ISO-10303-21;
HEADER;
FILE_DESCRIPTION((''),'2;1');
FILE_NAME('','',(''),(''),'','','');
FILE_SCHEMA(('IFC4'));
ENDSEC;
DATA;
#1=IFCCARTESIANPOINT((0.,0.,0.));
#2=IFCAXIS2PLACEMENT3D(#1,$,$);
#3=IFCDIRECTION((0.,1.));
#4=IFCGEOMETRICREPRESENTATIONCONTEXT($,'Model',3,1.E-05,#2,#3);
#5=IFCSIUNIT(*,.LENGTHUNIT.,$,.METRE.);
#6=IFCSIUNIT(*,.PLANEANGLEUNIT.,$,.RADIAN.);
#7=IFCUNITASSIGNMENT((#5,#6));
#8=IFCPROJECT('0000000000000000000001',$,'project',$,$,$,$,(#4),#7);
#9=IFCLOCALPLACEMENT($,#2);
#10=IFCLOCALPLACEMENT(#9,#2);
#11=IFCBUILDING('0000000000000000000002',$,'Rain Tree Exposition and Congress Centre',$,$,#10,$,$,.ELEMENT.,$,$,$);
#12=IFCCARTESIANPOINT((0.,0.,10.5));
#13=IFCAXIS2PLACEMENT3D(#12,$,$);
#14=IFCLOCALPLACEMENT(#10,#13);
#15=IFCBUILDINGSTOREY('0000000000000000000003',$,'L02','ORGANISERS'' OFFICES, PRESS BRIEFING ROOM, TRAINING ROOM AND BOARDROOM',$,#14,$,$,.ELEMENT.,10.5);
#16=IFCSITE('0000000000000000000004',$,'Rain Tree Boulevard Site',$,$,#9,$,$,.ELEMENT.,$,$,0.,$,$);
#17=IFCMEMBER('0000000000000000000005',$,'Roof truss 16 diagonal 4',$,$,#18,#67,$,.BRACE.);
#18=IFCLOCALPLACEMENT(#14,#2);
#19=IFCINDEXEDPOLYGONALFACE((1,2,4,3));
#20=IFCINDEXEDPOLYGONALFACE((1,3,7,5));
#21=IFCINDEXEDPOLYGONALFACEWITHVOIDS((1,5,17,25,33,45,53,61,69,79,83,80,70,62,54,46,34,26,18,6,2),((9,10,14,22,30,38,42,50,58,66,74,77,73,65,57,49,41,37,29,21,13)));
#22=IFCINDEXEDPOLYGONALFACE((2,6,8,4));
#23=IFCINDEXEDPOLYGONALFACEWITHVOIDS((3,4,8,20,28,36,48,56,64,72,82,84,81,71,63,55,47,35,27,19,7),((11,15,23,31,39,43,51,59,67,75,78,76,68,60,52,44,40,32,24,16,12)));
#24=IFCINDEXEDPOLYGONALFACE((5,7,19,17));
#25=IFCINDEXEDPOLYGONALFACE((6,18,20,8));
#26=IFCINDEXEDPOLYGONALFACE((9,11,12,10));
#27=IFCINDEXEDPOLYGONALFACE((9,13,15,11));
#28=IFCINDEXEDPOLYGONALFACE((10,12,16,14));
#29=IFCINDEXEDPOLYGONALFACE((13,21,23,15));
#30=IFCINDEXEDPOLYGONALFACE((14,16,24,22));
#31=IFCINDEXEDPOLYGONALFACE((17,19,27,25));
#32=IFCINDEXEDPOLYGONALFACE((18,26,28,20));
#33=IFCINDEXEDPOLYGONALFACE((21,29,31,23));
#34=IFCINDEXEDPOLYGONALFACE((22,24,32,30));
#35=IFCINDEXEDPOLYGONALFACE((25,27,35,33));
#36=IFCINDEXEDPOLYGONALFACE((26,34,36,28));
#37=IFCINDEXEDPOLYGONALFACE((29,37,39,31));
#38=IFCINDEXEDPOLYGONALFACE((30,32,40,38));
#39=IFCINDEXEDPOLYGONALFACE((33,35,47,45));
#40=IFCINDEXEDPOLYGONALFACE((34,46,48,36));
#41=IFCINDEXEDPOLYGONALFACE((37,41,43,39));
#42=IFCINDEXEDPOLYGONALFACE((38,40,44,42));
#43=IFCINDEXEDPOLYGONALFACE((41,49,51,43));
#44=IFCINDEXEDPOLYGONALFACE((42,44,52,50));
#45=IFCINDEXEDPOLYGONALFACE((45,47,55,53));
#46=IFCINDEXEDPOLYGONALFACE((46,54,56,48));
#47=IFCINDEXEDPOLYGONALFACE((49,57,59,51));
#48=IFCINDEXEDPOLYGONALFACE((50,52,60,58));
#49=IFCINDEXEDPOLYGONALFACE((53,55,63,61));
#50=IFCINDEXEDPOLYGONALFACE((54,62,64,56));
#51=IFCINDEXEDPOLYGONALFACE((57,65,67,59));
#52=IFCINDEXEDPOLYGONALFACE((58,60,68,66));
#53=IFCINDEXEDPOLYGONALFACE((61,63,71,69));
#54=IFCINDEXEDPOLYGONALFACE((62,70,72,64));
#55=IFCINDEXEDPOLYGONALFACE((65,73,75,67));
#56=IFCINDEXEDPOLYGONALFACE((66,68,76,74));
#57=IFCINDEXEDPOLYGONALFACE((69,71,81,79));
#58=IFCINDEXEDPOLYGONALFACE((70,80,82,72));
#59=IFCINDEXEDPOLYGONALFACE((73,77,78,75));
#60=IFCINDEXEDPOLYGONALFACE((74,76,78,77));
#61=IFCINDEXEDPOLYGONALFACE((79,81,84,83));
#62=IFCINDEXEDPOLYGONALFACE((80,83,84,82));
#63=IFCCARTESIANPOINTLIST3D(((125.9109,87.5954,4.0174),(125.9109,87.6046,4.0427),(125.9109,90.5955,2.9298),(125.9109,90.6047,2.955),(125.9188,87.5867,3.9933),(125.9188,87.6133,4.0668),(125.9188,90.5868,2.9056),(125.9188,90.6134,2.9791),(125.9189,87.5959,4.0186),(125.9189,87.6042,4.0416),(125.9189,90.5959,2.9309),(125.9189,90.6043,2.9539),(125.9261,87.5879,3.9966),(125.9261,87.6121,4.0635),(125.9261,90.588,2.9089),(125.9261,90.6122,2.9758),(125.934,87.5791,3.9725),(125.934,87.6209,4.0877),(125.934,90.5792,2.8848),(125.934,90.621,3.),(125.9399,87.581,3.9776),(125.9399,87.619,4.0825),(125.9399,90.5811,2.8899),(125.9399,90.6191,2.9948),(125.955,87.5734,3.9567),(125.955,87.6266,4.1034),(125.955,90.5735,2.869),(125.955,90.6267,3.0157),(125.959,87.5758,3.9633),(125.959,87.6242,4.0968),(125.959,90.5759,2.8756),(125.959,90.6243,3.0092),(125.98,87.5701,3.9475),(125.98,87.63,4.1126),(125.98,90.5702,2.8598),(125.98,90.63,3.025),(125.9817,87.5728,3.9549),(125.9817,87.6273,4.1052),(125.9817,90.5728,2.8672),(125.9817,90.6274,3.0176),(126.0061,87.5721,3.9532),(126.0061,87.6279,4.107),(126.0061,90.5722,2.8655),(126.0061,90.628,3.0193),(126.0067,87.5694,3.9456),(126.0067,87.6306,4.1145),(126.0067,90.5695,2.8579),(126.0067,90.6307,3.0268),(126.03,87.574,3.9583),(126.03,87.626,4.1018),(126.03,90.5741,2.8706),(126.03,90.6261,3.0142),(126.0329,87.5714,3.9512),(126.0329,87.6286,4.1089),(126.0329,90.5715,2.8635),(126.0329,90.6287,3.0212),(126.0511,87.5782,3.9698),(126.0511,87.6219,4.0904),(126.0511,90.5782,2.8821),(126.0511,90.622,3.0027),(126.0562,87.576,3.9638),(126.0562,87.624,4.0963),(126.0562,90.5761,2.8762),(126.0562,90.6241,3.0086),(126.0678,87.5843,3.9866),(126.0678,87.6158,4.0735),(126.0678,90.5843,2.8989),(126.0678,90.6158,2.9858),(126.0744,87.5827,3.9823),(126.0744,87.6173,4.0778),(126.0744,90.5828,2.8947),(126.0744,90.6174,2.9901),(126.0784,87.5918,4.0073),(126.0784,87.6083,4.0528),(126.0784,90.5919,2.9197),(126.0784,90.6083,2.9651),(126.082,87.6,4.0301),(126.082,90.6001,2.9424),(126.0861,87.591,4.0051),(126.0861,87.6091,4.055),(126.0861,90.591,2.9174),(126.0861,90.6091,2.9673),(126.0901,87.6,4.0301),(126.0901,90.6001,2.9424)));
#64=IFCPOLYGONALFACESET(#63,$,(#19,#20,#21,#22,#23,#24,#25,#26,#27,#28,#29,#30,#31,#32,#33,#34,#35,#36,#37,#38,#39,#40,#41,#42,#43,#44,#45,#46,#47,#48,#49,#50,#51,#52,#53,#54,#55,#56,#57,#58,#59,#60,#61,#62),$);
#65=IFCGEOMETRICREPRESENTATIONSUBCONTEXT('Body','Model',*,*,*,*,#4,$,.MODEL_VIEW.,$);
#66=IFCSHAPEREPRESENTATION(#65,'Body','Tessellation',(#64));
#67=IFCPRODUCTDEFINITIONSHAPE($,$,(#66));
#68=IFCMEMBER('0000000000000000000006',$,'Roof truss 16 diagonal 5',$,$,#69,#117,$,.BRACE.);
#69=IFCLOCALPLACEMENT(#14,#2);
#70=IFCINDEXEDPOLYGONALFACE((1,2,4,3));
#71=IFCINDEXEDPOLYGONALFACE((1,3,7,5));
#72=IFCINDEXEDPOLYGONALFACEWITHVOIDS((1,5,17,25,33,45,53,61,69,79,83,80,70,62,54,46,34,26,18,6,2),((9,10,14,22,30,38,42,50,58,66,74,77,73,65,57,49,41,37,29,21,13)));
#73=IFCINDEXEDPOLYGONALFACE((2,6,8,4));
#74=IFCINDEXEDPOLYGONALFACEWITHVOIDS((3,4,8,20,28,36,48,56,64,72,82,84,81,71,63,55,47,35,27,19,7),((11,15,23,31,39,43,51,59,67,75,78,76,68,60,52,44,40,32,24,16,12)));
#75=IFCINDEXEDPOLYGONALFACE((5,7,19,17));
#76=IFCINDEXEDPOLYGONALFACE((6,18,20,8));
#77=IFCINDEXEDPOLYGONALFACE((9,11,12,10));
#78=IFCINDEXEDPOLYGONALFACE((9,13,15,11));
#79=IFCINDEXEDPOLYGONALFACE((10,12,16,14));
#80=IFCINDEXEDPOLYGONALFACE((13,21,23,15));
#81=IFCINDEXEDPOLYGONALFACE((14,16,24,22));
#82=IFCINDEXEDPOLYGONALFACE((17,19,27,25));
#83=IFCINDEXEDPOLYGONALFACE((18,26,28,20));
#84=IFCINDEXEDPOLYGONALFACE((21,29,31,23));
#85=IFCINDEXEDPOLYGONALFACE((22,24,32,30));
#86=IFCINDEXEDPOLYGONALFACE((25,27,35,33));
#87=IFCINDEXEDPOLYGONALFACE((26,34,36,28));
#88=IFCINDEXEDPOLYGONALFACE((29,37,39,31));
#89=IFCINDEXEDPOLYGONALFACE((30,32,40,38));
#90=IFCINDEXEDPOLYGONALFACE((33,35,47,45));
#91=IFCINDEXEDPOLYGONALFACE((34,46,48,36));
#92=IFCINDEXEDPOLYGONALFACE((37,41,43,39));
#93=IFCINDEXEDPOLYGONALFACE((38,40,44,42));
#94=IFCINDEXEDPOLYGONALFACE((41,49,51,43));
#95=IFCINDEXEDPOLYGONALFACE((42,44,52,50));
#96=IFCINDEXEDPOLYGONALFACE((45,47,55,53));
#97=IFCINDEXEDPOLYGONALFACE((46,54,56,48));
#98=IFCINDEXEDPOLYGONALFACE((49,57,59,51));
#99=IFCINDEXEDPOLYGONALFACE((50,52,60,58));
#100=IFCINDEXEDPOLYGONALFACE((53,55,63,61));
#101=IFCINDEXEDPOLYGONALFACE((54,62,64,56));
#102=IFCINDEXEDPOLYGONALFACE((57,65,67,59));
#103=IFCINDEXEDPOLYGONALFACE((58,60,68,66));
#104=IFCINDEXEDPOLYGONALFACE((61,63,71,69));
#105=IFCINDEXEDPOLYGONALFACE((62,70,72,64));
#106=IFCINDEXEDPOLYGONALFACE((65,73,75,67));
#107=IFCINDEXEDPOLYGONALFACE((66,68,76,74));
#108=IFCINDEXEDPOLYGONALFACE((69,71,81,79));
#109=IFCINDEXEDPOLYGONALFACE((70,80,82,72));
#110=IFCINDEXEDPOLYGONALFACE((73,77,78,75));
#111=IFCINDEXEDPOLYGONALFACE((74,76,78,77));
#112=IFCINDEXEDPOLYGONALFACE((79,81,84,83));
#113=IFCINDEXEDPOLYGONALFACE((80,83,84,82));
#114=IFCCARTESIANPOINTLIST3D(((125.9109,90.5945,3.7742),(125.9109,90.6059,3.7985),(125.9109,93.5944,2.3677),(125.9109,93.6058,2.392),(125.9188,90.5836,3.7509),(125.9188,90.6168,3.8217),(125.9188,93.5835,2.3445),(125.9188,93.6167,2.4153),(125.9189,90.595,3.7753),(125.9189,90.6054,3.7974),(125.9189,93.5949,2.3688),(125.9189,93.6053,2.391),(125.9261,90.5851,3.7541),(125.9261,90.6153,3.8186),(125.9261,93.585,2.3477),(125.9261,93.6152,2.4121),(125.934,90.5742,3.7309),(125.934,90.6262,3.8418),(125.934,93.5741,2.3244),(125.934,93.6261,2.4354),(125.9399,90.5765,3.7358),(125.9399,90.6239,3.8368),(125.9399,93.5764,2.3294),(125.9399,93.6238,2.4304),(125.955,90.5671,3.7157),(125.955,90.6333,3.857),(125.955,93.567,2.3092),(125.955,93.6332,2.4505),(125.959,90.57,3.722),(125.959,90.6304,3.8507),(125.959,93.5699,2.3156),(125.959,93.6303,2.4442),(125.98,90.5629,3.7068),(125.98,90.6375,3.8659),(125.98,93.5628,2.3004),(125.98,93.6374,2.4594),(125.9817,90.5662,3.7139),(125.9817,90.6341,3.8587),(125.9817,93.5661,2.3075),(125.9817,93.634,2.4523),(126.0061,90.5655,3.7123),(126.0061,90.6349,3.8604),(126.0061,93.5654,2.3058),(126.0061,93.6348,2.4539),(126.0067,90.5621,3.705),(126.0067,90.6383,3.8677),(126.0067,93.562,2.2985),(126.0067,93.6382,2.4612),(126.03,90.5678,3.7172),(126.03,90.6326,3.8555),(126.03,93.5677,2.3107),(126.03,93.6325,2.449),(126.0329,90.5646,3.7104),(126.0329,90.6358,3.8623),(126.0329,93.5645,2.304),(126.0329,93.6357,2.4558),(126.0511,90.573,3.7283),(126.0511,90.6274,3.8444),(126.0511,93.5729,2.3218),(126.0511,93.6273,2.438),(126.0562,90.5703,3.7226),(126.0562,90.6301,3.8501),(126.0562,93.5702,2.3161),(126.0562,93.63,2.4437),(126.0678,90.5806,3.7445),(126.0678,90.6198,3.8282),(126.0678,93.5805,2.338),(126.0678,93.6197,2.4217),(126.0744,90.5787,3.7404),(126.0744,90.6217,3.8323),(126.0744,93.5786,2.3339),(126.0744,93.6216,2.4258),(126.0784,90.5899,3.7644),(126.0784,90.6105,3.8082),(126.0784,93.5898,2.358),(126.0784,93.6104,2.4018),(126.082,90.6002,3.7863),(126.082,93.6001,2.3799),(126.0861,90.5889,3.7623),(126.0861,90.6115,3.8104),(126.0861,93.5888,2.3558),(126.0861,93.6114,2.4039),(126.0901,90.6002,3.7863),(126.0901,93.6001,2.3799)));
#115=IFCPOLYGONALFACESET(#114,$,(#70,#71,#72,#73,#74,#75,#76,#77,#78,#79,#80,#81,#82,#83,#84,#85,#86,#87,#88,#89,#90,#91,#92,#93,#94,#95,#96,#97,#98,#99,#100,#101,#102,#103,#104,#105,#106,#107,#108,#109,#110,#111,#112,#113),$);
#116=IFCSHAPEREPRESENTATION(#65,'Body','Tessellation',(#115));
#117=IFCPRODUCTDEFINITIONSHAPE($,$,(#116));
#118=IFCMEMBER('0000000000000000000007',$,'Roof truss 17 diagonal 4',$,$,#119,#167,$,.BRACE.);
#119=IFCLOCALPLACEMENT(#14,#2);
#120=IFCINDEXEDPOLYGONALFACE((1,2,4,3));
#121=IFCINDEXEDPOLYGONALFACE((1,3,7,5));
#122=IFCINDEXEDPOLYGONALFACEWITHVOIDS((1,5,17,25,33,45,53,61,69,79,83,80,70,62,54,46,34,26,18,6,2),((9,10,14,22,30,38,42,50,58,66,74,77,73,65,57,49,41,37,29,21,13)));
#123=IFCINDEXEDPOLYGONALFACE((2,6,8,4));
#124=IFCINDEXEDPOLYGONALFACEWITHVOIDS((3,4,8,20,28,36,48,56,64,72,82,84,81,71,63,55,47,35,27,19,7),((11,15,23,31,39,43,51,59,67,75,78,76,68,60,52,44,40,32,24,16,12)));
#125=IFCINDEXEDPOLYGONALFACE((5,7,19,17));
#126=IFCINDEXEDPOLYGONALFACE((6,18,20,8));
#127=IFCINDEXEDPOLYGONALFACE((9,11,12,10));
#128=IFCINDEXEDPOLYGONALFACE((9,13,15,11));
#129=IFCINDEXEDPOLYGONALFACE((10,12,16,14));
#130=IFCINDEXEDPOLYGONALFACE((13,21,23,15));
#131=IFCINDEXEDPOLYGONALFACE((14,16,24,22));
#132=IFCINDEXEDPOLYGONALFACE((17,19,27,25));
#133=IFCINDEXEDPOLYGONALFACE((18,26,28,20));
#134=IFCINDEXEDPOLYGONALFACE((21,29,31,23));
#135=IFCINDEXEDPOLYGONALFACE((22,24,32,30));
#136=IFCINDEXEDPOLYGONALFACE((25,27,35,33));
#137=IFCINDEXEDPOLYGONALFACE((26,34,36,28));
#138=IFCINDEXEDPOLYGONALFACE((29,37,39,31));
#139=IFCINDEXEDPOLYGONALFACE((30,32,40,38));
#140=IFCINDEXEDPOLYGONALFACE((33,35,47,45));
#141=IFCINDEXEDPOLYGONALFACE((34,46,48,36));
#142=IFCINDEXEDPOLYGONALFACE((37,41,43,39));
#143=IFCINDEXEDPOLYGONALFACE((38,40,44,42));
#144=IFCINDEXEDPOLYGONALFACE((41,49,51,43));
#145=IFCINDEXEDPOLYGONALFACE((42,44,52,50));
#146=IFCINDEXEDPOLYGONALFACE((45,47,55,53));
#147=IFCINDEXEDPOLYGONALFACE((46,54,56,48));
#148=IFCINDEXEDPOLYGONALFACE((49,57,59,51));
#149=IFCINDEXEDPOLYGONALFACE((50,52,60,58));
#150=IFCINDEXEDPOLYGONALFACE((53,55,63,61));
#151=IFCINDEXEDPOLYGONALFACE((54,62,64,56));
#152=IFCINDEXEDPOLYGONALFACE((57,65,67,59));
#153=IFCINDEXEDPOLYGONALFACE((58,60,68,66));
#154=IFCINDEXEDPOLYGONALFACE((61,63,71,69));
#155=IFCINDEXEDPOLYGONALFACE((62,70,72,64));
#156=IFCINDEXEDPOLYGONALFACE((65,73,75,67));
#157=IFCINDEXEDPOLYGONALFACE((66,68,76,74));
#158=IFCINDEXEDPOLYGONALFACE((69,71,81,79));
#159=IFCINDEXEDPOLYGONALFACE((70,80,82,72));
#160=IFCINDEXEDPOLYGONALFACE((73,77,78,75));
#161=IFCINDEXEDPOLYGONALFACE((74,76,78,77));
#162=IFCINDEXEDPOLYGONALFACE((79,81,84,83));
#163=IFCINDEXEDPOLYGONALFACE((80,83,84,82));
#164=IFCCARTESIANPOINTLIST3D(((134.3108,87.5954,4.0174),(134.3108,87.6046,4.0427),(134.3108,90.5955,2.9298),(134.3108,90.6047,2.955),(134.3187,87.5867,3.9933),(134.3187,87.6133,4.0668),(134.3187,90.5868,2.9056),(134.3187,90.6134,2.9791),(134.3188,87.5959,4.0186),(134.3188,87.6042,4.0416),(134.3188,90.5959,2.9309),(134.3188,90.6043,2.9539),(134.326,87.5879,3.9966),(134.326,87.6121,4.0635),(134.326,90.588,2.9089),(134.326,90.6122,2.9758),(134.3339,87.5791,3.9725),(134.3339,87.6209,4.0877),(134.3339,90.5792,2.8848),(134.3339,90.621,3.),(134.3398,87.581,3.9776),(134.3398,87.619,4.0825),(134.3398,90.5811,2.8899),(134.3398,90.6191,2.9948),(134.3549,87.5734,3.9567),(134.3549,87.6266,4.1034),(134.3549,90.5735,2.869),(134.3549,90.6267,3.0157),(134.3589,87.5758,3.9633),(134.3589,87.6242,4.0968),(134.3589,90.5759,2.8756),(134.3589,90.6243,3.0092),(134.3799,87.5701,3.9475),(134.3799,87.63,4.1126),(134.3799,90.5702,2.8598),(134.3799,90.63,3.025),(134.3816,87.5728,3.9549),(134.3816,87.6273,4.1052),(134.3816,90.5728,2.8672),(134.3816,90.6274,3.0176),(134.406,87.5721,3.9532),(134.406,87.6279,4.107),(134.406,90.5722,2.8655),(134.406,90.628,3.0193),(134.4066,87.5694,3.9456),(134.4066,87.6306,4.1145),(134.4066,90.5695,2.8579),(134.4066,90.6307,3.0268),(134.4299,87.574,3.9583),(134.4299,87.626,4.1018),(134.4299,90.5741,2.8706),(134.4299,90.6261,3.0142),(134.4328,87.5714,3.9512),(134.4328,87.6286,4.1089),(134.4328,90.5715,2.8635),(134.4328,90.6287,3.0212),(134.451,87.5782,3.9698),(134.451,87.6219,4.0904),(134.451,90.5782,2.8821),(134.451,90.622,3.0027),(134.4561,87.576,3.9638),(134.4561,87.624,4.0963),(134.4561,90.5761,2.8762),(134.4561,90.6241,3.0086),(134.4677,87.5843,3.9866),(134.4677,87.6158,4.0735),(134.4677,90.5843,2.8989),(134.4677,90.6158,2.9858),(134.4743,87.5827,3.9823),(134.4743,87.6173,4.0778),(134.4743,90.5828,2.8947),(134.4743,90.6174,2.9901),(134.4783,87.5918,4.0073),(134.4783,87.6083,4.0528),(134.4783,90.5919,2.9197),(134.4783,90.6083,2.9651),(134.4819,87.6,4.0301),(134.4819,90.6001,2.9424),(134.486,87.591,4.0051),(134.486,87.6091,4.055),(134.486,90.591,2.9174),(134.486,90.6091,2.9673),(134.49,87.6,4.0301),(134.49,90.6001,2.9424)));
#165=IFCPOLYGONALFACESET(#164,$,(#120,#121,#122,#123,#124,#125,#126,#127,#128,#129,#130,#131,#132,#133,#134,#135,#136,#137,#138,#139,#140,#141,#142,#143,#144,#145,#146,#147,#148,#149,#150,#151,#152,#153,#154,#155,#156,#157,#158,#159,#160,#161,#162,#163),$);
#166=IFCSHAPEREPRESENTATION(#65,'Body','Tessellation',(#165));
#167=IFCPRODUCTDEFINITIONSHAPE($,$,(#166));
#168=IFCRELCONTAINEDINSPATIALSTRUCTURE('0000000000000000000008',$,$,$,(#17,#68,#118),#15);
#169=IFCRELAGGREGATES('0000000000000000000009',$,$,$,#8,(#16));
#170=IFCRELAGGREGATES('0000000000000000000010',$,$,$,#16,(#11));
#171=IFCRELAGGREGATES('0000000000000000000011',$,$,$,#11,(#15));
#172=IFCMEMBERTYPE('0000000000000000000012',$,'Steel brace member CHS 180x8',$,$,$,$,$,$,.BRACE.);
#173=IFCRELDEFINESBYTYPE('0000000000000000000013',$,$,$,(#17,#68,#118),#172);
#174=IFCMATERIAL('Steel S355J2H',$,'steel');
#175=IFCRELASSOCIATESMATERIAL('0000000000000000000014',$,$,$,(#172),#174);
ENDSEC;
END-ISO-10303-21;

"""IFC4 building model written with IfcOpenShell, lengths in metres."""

from ifc_helpers import new_model, si_unit, direction, frame, origin, origin_2d, place, context, subcontext, project, spatial, hollow_circle, extrude, material, material_profile, profile_set, type_object, element, save


model = new_model("IFC4")

# Units and contexts
model_context = context("Model", 3, precision=1e-05, world=origin(), true_north=direction((0.0, 1.0)))
body_context = subcontext(model_context, "Body", "Model", "MODEL_VIEW")
ifc_project = project(units=[si_unit("LENGTHUNIT", "METRE"), si_unit("PLANEANGLEUNIT", "RADIAN")], contexts=[model_context])

# Site, building, storey
site_placement = place(None, origin())
site = spatial("IfcSite", under=ifc_project, at=site_placement, Name="Rain Tree Boulevard Site", CompositionType="ELEMENT", RefElevation=0.0)
building_placement = place(site_placement, origin())
building = spatial("IfcBuilding", under=site, at=building_placement, Name="Rain Tree Exposition and Congress Centre", CompositionType="ELEMENT")
storey_placement = place(building_placement, frame((0.0, 0.0, 10.5)))
storey = spatial("IfcBuildingStorey", under=building, at=storey_placement, Name="L02", Description="ORGANISERS' OFFICES, PRESS BRIEFING ROOM, TRAINING ROOM AND BOARDROOM", CompositionType="ELEMENT", Elevation=10.5)

# Members
ifc_material_1 = material(Name="Steel S355J2H", Category="steel")
ifc_material_profile_1 = material_profile(ifc_material_1, hollow_circle(Radius=0.0901, WallThickness=0.0081, at=origin_2d()), Name="CHS 180x8")
ifc_profile_set_1 = profile_set([ifc_material_profile_1], Name="Steel S355J2H")
member_type_1 = type_object("IfcMemberType", Name="Steel brace member CHS 180x8", PredefinedType="BRACE", material=ifc_profile_set_1)
member_1_placement = place(storey_placement, frame((126.0, 90.6001, 2.9424), z_axis=(0.0, -0.940121, 0.34084), x_axis=(1.0, 0.0, 0.0)))
element("IfcMember", 1, at=member_1_placement, inside=storey, type_object=member_type_1, Name="Roof truss 16 diagonal 4", PredefinedType="BRACE", context=body_context, shape_type="SweptSolid", body=[
    extrude(hollow_circle(Radius=0.0901, WallThickness=0.0081, at=origin_2d()), origin(), (0.0, 0.0, 1.0), 3.1912),
])
member_2_placement = place(storey_placement, frame((126.0, 93.6001, 2.3799), z_axis=(0.0, -0.905431, 0.424494), x_axis=(1.0, 0.0, 0.0)))
element("IfcMember", 2, at=member_2_placement, inside=storey, type_object=member_type_1, Name="Roof truss 16 diagonal 5", PredefinedType="BRACE", context=body_context, shape_type="SweptSolid", body=[
    extrude(hollow_circle(Radius=0.0901, WallThickness=0.0081, at=origin_2d()), origin(), (0.0, 0.0, 1.0), 3.3132),
])
member_3_placement = place(storey_placement, frame((134.3999, 90.6001, 2.9424), z_axis=(0.0, -0.940121, 0.34084), x_axis=(1.0, 0.0, 0.0)))
element("IfcMember", 3, at=member_3_placement, inside=storey, type_object=member_type_1, Name="Roof truss 17 diagonal 4", PredefinedType="BRACE", context=body_context, shape_type="SweptSolid", body=[
    extrude(hollow_circle(Radius=0.0901, WallThickness=0.0081, at=origin_2d()), origin(), (0.0, 0.0, 1.0), 3.1912),
])

save(model, "model.ifc")
